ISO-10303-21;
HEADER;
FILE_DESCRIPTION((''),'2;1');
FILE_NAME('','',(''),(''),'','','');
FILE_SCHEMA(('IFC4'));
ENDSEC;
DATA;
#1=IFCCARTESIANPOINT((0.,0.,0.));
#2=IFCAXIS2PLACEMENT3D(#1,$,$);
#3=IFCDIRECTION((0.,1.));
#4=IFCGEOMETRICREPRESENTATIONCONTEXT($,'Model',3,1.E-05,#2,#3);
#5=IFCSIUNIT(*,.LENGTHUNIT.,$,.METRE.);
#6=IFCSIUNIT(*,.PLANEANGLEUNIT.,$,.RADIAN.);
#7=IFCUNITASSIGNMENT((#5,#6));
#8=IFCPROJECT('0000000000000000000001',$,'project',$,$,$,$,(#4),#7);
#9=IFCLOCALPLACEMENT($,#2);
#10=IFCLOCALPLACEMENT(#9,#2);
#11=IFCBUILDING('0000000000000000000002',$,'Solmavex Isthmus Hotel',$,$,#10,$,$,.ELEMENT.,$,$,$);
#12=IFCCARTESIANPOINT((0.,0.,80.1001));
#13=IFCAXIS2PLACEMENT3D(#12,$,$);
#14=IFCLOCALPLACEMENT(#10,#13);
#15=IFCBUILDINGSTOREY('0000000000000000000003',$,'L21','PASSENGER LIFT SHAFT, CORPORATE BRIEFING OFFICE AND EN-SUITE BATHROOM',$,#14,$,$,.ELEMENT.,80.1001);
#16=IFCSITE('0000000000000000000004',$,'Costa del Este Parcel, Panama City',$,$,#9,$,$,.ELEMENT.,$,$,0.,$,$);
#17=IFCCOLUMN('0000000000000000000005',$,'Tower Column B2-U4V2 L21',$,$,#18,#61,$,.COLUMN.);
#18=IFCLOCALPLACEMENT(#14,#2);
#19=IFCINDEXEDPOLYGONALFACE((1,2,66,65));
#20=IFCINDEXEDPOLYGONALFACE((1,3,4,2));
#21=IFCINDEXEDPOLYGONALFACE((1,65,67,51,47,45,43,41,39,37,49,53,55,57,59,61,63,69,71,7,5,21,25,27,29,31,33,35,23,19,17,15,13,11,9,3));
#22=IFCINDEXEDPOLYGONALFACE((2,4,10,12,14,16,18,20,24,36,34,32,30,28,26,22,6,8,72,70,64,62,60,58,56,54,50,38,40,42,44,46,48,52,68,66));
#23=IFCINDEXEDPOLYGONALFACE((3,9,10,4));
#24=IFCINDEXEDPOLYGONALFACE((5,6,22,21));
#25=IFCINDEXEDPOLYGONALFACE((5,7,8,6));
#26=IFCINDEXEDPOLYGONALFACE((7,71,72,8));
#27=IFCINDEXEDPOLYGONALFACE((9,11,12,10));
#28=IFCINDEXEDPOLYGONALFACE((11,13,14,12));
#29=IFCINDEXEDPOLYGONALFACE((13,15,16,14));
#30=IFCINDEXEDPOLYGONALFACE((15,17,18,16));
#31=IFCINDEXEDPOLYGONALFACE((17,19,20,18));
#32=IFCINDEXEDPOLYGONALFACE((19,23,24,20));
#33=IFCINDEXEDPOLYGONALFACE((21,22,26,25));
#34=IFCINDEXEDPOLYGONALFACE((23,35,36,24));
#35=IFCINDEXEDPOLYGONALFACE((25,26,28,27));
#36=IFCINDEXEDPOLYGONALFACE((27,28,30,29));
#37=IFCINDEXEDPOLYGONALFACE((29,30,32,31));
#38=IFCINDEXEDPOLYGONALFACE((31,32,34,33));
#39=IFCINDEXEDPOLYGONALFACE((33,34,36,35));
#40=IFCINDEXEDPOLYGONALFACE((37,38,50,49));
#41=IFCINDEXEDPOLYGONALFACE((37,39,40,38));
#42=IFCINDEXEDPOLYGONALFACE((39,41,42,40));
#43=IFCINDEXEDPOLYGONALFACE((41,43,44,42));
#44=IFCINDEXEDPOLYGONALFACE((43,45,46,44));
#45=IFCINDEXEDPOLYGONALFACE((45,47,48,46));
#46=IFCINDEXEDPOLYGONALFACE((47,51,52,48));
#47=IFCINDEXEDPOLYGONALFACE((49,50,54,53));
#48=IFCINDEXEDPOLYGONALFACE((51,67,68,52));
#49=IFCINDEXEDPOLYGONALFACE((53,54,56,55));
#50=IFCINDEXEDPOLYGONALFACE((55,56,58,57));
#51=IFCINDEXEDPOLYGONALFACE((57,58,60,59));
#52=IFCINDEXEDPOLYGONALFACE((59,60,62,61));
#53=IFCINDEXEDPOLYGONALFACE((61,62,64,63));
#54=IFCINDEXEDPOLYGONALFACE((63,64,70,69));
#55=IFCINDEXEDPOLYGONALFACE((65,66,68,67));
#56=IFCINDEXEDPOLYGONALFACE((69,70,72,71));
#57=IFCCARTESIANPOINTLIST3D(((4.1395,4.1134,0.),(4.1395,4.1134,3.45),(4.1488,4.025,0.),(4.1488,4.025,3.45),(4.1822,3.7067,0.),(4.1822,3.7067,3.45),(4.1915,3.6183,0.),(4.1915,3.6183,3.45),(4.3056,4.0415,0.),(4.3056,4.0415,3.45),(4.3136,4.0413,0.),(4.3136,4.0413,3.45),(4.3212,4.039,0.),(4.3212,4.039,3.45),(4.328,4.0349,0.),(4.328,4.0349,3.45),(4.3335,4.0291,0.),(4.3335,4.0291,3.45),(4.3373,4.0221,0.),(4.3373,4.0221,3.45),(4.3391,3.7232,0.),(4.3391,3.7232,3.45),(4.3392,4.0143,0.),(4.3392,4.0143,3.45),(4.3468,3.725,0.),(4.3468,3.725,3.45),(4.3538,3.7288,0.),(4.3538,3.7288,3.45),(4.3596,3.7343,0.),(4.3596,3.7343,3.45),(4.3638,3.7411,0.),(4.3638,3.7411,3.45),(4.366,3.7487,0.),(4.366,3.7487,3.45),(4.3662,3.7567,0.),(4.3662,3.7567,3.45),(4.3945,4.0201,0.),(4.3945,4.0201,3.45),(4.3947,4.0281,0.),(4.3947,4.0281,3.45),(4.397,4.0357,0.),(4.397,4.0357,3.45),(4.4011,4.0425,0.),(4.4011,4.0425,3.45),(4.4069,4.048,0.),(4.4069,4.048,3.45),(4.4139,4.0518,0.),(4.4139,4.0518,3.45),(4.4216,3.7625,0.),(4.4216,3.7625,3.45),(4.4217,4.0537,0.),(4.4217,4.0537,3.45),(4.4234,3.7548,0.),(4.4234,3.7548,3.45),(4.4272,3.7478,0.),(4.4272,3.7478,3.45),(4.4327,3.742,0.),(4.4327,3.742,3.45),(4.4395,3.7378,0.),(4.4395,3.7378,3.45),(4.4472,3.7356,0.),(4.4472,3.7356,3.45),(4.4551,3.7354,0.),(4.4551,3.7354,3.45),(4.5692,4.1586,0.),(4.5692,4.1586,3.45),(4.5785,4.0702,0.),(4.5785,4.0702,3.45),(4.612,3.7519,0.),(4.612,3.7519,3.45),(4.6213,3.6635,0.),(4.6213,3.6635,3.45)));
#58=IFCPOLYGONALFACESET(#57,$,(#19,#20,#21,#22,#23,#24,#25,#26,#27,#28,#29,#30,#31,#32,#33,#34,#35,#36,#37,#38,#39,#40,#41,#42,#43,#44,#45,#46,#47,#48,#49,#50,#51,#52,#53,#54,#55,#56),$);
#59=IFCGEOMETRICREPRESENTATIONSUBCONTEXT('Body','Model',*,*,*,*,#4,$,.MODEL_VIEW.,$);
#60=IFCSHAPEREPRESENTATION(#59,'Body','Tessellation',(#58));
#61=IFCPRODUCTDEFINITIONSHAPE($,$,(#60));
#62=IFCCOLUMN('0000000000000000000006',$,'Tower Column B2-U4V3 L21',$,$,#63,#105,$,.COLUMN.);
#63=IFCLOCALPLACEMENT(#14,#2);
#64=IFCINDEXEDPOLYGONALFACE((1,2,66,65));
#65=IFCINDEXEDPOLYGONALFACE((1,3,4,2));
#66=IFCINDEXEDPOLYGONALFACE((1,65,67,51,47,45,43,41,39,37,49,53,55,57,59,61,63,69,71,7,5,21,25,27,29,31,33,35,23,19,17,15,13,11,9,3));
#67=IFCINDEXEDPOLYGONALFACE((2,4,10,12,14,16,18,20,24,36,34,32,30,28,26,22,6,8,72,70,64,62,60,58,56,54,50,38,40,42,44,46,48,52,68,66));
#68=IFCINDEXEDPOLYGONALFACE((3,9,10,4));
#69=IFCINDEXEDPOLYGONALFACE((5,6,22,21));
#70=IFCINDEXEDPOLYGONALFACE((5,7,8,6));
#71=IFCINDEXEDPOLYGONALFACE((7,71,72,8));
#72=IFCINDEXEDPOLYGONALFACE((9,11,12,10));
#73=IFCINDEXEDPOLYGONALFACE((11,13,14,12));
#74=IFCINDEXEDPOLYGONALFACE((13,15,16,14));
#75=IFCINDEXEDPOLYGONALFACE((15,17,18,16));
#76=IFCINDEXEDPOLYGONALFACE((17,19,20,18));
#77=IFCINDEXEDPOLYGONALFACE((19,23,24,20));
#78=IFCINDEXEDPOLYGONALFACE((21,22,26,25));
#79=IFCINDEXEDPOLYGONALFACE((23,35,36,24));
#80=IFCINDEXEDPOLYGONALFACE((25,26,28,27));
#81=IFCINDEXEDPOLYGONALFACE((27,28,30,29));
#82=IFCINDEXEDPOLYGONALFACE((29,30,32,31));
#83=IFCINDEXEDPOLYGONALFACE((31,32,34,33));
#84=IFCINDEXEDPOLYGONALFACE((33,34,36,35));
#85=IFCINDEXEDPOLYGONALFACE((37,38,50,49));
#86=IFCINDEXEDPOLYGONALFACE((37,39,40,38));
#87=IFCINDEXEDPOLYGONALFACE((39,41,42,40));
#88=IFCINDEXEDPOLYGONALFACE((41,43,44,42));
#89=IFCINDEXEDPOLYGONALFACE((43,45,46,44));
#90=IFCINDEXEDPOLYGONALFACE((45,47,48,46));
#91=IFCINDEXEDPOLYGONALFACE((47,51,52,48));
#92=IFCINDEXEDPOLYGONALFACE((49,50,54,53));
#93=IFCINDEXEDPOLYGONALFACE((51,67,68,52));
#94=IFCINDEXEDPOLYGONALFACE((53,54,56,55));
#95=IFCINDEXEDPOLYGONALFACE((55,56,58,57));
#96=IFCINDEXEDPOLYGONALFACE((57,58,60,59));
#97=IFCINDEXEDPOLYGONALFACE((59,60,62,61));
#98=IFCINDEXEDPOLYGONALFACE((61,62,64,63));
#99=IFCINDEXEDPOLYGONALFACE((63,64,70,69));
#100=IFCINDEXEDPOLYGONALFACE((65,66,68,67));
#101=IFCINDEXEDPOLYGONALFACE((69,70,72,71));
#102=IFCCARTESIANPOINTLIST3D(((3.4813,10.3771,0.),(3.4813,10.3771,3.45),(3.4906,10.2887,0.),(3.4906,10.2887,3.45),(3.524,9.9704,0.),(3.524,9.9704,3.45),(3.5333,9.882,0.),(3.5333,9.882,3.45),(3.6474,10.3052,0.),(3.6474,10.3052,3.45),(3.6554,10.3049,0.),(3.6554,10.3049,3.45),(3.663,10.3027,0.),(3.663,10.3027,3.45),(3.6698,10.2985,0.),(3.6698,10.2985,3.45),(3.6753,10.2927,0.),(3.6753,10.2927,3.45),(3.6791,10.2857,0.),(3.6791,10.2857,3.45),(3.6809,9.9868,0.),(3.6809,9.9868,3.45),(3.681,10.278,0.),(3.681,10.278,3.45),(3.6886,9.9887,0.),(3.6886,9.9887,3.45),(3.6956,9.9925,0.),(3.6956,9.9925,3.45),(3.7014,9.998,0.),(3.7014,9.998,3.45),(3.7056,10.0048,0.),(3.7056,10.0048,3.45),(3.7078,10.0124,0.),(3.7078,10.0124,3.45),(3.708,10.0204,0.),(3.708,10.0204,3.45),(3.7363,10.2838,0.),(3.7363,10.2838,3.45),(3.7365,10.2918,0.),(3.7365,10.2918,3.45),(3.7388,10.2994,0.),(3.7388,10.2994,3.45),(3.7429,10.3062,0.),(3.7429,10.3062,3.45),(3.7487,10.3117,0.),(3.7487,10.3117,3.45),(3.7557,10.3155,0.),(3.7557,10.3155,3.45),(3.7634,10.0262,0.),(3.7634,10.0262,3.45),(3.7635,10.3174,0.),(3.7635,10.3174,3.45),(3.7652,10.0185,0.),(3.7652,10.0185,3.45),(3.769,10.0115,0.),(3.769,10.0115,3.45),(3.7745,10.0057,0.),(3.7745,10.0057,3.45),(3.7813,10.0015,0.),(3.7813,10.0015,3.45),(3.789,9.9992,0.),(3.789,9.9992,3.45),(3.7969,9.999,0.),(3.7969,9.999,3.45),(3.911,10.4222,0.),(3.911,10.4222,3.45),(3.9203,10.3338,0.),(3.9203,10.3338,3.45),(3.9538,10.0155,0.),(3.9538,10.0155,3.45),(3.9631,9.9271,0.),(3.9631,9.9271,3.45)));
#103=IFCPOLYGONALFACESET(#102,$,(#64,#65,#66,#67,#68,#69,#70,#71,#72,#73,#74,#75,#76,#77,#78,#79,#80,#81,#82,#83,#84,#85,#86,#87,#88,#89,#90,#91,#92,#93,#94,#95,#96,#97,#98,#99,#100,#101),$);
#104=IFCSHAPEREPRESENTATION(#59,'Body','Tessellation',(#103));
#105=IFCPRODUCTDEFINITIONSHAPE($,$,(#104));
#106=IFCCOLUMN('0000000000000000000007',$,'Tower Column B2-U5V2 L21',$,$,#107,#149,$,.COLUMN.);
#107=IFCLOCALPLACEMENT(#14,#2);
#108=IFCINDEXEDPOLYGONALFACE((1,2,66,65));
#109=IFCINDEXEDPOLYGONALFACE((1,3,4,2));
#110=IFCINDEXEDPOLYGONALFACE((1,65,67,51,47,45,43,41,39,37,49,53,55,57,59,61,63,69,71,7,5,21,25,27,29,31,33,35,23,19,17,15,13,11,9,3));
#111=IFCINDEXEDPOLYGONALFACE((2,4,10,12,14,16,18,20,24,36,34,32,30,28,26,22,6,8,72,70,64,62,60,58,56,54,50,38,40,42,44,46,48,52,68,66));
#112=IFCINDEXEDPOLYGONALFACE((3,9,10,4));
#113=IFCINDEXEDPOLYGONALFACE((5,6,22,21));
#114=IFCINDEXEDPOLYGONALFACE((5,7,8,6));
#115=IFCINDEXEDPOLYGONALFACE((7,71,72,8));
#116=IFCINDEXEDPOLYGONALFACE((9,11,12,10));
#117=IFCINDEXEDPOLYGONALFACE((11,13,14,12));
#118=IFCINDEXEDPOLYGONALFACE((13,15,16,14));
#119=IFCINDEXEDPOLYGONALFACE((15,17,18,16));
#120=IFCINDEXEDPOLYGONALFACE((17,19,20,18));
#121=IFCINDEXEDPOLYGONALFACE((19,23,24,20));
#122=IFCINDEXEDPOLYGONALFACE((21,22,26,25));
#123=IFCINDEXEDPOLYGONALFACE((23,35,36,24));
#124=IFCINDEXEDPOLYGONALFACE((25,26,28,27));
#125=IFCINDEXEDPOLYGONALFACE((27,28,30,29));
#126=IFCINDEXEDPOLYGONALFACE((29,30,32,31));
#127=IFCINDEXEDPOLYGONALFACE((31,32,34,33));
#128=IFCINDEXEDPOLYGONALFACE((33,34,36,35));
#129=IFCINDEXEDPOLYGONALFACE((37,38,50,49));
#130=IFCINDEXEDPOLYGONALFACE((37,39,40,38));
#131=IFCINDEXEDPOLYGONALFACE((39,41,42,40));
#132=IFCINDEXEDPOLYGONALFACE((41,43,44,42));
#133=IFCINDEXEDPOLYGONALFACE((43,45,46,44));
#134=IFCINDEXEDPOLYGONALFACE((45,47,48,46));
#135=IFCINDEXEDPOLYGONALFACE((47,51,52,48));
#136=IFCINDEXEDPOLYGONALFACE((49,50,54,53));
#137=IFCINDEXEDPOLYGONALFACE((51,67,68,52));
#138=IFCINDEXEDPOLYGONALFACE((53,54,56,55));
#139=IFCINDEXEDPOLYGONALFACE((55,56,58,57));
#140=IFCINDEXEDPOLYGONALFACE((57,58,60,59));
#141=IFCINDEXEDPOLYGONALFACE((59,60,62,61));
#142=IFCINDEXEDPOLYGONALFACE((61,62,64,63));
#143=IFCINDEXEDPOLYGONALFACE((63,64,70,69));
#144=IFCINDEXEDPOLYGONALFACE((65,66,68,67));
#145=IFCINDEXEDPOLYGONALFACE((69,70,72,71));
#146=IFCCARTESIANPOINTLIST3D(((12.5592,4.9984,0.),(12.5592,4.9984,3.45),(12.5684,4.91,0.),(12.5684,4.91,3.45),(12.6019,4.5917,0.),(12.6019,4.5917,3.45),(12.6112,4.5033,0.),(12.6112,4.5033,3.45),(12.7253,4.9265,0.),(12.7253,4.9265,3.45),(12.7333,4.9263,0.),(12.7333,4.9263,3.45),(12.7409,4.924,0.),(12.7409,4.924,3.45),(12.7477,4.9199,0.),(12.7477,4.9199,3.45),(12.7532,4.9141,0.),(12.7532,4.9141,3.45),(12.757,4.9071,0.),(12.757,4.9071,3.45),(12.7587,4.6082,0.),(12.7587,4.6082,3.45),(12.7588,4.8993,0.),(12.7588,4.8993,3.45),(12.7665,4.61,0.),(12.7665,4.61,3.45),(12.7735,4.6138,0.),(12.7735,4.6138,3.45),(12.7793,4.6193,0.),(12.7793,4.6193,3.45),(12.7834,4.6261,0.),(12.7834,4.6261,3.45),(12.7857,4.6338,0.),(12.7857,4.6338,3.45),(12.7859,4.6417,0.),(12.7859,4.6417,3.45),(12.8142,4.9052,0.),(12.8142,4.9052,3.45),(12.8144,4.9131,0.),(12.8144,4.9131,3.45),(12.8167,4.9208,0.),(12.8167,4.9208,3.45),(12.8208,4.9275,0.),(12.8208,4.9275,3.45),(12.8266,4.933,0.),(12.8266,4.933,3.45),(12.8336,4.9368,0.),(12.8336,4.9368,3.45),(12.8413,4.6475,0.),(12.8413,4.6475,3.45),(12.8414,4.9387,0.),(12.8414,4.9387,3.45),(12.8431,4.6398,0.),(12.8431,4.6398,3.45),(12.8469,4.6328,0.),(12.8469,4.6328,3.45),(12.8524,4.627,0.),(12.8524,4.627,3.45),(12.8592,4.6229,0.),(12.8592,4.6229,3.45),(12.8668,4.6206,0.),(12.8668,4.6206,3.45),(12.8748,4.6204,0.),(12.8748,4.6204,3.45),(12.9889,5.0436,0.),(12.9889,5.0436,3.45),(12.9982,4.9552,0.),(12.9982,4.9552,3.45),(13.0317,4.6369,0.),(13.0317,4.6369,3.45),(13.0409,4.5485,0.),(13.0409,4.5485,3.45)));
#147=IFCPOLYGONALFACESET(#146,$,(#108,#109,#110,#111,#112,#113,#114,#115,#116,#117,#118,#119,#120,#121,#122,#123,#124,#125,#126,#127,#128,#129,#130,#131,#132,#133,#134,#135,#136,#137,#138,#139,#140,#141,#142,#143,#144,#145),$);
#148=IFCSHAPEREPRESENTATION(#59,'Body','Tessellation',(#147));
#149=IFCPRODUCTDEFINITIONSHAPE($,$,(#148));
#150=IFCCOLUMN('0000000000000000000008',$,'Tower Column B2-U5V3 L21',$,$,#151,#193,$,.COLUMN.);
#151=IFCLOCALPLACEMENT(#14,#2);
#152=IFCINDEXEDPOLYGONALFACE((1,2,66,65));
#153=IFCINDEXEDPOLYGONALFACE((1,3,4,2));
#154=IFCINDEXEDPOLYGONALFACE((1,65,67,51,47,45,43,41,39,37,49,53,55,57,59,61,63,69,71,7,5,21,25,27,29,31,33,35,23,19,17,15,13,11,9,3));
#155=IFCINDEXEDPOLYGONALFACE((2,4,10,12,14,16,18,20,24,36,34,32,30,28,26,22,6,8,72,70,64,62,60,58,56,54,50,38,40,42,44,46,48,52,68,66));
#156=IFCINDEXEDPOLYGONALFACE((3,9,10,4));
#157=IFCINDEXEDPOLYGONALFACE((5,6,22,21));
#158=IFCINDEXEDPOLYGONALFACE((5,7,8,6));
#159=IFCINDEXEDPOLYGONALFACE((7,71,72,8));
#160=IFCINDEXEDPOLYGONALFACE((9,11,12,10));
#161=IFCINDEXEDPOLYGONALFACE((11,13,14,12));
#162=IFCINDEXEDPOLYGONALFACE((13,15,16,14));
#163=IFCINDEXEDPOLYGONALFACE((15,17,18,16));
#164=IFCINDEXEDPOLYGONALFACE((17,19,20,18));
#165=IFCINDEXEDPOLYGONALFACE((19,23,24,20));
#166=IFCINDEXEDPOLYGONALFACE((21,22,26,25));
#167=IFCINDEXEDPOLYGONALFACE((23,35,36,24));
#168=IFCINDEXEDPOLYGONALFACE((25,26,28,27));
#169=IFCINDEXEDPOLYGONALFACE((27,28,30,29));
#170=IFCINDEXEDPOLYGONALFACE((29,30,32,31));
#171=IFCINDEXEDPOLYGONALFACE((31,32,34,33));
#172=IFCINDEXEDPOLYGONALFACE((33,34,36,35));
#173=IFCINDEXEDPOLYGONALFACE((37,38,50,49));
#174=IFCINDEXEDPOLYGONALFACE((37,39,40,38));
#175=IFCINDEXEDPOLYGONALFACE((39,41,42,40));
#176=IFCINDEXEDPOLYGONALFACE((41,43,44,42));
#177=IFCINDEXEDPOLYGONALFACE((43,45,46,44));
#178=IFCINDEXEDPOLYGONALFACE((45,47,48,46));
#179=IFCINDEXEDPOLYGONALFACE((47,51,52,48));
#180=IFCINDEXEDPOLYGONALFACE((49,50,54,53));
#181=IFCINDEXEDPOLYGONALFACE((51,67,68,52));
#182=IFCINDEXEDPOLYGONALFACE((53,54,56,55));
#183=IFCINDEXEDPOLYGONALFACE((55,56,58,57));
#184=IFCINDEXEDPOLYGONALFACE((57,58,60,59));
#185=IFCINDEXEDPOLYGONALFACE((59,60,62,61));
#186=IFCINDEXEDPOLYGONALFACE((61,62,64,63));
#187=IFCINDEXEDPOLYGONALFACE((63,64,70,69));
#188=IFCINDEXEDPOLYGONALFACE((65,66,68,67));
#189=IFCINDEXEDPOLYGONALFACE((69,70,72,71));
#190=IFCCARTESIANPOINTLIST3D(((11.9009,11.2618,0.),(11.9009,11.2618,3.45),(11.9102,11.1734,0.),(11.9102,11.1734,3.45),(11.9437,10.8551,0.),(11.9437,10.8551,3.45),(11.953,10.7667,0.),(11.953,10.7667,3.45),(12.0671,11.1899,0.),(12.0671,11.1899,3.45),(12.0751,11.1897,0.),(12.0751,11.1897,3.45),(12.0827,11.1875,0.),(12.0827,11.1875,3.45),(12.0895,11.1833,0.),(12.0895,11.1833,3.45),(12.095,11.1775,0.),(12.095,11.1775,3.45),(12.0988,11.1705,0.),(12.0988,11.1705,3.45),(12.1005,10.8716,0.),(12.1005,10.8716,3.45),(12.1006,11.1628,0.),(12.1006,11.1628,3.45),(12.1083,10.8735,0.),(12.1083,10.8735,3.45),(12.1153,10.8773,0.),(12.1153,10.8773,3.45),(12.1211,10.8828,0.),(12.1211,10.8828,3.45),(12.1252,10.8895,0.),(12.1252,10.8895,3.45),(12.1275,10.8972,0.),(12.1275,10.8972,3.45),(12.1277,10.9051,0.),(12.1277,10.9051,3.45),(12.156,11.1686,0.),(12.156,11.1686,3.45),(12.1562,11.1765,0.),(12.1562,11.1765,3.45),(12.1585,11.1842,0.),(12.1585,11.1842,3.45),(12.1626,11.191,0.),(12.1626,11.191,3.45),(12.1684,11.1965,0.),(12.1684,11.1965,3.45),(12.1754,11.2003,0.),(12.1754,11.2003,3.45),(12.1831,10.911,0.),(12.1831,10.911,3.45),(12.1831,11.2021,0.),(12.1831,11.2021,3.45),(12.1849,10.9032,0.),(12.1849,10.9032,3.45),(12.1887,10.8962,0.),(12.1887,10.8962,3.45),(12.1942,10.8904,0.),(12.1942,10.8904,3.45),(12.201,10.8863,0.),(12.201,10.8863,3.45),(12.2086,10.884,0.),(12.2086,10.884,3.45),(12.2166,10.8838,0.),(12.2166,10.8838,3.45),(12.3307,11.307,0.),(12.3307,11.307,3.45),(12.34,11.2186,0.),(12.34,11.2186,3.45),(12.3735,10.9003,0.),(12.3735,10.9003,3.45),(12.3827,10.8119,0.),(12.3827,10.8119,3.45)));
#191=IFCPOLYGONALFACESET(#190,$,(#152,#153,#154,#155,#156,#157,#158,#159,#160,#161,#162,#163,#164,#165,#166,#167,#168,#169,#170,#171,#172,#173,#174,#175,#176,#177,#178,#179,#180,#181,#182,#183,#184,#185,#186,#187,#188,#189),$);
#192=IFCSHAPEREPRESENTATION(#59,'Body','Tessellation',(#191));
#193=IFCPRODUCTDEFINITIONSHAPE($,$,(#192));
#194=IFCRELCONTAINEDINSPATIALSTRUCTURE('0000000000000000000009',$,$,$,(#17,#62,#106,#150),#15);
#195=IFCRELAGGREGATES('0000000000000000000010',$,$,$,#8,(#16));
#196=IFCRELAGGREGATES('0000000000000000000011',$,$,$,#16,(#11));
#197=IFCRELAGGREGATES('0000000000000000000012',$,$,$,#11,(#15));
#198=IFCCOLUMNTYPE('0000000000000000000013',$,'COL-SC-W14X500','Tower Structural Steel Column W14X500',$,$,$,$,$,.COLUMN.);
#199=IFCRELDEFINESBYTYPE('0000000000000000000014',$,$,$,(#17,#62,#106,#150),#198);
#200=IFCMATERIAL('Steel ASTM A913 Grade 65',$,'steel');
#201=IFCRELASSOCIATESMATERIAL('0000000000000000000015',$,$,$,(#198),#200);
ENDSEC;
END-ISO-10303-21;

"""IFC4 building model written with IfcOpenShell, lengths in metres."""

from ifc_helpers import new_model, si_unit, direction, frame, origin, origin_2d, place, context, subcontext, project, spatial, i_section, extrude, material, material_profile, profile_set, type_object, element, save


model = new_model("IFC4")

# Units and contexts
model_context = context("Model", 3, precision=1e-05, world=origin(), true_north=direction((0.0, 1.0)))
body_context = subcontext(model_context, "Body", "Model", "MODEL_VIEW")
ifc_project = project(units=[si_unit("LENGTHUNIT", "METRE"), si_unit("PLANEANGLEUNIT", "RADIAN")], contexts=[model_context])

# Site, building, storey
site_placement = place(None, origin())
site = spatial("IfcSite", under=ifc_project, at=site_placement, Name="Costa del Este Parcel, Panama City", CompositionType="ELEMENT", RefElevation=0.0)
building_placement = place(site_placement, origin())
building = spatial("IfcBuilding", under=site, at=building_placement, Name="Solmavex Isthmus Hotel", CompositionType="ELEMENT")
storey_placement = place(building_placement, frame((0.0, 0.0, 80.1001)))
storey = spatial("IfcBuildingStorey", under=building, at=storey_placement, Name="L21", Description="PASSENGER LIFT SHAFT, CORPORATE BRIEFING OFFICE AND EN-SUITE BATHROOM", CompositionType="ELEMENT", Elevation=80.1001)

# Columns
ifc_material_1 = material(Name="Steel ASTM A913 Grade 65", Category="steel")
ifc_material_profile_1 = material_profile(ifc_material_1, i_section(OverallWidth=0.4321, OverallDepth=0.4978, WebThickness=0.0557, FlangeThickness=0.0889, FilletRadius=0.0305, at=origin_2d()), Name="W14X500")
ifc_profile_set_1 = profile_set([ifc_material_profile_1], Name="Steel ASTM A913 Grade 65")
column_type_1 = type_object("IfcColumnType", Name="COL-SC-W14X500", Description="Tower Structural Steel Column W14X500", PredefinedType="COLUMN", material=ifc_profile_set_1)
for number, where, z_axis, x_axis, name in (
    (1, (4.3804, 3.8884, 0.0), (0.0, 0.0, 1.0), (0.994522, 0.104528, 0.0), "Tower Column B2-U4V2 L21"),
    (2, (3.7222, 10.1521, 0.0), (0.0, 0.0, 1.0), (0.994522, 0.104528, 0.0), "Tower Column B2-U4V3 L21"),
    (3, (12.8, 4.7734, 0.0), (0.0, 0.0, 1.0), (0.994522, 0.104528, 0.0), "Tower Column B2-U5V2 L21"),
    (4, (12.1418, 11.0369, 0.0), (0.0, 0.0, 1.0), (0.994522, 0.104528, 0.0), "Tower Column B2-U5V3 L21"),
):
    element("IfcColumn", number, at=place(storey_placement, frame(where, z_axis=z_axis, x_axis=x_axis)), inside=storey, type_object=column_type_1, Name=name, PredefinedType="COLUMN", context=body_context, shape_type="SweptSolid", body=[
        extrude(i_section(OverallWidth=0.4321, OverallDepth=0.4978, WebThickness=0.0557, FlangeThickness=0.0889, FilletRadius=0.0305, at=origin_2d()), origin(), (0.0, 0.0, 1.0), 3.45),
    ])

save(model, "model.ifc")
